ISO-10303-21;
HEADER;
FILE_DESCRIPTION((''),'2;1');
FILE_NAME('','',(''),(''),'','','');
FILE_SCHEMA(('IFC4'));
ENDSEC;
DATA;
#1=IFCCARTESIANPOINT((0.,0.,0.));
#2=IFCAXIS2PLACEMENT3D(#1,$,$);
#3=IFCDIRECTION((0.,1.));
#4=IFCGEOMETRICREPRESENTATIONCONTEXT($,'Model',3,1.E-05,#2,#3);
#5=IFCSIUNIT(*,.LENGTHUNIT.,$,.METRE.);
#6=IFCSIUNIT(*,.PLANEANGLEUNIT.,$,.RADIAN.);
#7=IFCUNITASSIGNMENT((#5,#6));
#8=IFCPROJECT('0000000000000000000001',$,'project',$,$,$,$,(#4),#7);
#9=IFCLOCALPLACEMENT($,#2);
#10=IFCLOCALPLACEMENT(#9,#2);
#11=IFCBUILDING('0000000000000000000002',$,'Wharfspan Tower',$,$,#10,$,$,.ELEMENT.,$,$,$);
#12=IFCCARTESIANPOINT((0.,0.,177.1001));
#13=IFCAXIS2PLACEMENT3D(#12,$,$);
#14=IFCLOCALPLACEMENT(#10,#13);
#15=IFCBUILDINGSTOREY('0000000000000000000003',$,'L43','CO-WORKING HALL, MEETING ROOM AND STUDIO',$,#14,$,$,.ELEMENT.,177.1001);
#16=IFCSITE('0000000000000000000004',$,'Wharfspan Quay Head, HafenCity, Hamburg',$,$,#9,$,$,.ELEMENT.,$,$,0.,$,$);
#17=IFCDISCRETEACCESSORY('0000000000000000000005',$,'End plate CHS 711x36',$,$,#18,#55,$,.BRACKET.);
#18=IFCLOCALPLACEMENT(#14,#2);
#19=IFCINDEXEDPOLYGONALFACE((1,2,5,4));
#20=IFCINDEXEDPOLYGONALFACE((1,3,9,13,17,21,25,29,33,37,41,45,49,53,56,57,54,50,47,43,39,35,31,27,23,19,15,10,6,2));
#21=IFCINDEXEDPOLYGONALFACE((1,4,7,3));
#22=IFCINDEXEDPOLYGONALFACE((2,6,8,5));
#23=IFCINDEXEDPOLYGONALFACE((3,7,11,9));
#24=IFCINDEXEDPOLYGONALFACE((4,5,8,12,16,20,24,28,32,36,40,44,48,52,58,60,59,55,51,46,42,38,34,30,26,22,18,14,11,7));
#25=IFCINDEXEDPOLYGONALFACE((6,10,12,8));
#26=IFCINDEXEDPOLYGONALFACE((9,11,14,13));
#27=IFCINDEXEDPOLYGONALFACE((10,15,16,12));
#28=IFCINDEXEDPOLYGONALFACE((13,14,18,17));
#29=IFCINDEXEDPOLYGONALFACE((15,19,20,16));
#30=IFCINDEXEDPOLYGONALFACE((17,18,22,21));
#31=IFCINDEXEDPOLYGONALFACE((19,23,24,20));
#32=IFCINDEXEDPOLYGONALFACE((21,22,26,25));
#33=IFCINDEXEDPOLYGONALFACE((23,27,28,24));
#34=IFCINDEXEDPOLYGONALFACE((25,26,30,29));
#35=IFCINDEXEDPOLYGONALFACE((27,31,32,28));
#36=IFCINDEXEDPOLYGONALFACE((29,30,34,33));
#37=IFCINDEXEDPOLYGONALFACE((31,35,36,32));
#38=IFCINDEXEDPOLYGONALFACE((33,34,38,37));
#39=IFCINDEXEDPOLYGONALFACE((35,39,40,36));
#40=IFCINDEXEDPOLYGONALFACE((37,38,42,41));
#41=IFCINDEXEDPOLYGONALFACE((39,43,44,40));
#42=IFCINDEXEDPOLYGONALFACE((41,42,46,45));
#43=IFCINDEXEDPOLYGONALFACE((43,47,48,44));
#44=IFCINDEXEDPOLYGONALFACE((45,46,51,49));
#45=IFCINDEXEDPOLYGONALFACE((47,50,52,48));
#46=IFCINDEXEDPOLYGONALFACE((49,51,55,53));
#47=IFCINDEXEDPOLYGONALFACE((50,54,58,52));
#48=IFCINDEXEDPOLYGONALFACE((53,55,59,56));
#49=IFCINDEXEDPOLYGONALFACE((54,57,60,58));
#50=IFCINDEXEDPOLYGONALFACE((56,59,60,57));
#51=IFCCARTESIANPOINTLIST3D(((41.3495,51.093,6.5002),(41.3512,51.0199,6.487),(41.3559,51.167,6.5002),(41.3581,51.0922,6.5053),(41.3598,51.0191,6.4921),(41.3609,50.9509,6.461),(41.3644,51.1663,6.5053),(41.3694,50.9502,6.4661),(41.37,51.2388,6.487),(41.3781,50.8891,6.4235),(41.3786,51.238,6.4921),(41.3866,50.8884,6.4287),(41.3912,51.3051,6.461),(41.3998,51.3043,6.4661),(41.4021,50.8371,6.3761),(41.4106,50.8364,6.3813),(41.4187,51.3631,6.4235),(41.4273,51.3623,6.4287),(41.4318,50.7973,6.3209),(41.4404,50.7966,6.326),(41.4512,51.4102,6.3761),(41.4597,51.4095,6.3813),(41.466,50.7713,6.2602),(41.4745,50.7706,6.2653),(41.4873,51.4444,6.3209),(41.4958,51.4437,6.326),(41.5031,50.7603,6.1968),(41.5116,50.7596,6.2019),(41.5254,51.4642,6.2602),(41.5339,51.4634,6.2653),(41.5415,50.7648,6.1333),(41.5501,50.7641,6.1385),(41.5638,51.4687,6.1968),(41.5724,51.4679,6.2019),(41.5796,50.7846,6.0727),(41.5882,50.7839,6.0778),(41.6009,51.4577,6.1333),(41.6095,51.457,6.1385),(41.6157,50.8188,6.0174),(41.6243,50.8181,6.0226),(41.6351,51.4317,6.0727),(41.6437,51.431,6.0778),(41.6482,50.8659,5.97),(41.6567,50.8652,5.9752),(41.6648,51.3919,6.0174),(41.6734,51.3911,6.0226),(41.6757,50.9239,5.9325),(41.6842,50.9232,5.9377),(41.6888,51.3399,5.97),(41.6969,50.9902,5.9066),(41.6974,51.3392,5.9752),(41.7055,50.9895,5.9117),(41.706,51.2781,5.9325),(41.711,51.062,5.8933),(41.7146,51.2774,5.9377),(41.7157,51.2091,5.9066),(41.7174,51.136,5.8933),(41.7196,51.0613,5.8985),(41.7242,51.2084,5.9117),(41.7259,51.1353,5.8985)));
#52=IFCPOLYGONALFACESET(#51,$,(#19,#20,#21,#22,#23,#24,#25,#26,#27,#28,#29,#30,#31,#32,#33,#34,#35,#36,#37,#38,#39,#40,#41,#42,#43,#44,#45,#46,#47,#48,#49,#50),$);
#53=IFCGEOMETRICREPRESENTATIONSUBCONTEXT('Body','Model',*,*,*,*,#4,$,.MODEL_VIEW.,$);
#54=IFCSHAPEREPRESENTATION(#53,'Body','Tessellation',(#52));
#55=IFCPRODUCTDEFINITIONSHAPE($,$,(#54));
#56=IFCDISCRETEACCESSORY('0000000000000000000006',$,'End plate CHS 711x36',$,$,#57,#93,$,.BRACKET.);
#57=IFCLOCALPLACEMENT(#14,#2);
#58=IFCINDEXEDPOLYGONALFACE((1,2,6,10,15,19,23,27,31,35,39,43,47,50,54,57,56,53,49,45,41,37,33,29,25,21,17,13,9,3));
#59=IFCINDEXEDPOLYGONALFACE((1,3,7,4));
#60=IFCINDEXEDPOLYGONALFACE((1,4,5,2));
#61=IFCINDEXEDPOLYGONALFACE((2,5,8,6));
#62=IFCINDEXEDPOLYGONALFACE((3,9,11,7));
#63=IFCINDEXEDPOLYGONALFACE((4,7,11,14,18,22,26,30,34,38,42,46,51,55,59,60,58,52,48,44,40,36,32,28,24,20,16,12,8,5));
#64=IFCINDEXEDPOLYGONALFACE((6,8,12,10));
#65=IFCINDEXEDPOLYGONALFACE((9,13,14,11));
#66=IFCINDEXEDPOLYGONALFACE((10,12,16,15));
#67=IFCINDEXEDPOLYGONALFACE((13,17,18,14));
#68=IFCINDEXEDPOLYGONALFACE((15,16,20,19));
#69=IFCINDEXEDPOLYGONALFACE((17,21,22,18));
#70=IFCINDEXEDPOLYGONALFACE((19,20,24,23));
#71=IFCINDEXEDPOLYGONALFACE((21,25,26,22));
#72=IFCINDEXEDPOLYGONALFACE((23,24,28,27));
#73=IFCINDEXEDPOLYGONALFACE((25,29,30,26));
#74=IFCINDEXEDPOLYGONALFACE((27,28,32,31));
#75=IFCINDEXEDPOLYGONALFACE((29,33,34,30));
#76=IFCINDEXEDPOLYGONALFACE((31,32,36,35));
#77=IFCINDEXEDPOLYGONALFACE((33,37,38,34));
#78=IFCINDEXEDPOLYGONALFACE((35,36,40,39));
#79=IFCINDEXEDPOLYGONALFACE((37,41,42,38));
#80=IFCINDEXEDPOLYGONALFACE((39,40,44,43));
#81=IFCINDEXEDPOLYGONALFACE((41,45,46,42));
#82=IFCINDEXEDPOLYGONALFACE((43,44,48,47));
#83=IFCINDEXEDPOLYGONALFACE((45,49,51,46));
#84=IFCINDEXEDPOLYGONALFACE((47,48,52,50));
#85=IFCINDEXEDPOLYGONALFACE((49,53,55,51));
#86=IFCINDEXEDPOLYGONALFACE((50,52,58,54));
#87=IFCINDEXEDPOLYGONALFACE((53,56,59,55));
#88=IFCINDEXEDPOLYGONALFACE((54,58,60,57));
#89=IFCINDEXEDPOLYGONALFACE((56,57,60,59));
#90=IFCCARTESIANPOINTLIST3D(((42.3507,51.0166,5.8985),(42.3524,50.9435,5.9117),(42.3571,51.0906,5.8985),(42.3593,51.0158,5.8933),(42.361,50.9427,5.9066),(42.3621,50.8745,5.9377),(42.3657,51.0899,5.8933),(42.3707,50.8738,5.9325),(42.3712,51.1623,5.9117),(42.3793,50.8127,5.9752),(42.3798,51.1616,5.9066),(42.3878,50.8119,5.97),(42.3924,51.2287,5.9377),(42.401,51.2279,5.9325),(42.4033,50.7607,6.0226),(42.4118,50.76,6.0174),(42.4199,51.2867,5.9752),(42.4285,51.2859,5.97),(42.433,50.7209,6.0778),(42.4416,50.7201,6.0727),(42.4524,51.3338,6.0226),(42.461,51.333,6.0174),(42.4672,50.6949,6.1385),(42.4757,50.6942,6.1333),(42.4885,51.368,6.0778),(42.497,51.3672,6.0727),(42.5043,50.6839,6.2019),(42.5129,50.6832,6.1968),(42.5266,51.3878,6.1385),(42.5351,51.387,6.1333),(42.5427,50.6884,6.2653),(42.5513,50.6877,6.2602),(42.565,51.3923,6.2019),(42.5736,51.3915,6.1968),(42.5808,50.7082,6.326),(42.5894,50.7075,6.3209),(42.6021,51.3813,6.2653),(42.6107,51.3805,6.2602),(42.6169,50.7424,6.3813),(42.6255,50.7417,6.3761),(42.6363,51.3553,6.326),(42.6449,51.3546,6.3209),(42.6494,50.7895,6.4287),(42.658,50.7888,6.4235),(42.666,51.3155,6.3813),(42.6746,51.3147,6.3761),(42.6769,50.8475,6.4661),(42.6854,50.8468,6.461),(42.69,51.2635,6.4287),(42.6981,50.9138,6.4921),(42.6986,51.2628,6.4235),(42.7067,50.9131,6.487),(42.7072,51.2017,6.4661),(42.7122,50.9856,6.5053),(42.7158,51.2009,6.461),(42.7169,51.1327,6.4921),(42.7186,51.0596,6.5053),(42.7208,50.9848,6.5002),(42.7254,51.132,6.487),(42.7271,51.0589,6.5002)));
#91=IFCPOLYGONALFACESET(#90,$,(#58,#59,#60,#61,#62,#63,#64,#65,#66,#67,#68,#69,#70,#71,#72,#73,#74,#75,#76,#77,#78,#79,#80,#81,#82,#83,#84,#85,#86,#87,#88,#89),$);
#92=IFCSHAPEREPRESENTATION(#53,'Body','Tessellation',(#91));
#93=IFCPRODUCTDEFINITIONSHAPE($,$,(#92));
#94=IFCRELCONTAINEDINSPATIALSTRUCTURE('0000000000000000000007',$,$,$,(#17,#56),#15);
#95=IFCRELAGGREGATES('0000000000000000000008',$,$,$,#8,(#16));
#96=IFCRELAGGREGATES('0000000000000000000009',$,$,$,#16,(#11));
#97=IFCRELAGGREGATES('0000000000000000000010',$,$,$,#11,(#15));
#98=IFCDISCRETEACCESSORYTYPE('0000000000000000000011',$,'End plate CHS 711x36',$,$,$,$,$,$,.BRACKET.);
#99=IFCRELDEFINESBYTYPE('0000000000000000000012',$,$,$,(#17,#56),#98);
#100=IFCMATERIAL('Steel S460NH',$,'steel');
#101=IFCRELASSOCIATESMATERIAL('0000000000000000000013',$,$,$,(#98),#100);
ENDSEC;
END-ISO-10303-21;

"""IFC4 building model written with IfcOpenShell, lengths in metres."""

from ifc_helpers import new_model, si_unit, direction, frame, origin, origin_2d, place, context, subcontext, project, spatial, circle, extrude, material, material_profile, profile_set, type_object, element, save


model = new_model("IFC4")

# Units and contexts
model_context = context("Model", 3, precision=1e-05, world=origin(), true_north=direction((0.0, 1.0)))
body_context = subcontext(model_context, "Body", "Model", "MODEL_VIEW")
ifc_project = project(units=[si_unit("LENGTHUNIT", "METRE"), si_unit("PLANEANGLEUNIT", "RADIAN")], contexts=[model_context])

# Site, building, storey
site_placement = place(None, origin())
site = spatial("IfcSite", under=ifc_project, at=site_placement, Name="Wharfspan Quay Head, HafenCity, Hamburg", CompositionType="ELEMENT", RefElevation=0.0)
building_placement = place(site_placement, origin())
building = spatial("IfcBuilding", under=site, at=building_placement, Name="Wharfspan Tower", CompositionType="ELEMENT")
storey_placement = place(building_placement, frame((0.0, 0.0, 177.1001)))
storey = spatial("IfcBuildingStorey", under=building, at=storey_placement, Name="L43", Description="CO-WORKING HALL, MEETING ROOM AND STUDIO", CompositionType="ELEMENT", Elevation=177.1001)

# Shared definitions
ifc_material_1 = material(Name="Steel S460NH", Category="steel")

# Discrete accessories
ifc_material_profile_1 = material_profile(ifc_material_1, circle(Radius=0.3555, at=origin_2d()))
ifc_profile_set_1 = profile_set([ifc_material_profile_1], Name="Steel S460NH")
discrete_accessory_type = type_object("IfcDiscreteAccessoryType", Name="End plate CHS 711x36", PredefinedType="BRACKET", material=ifc_profile_set_1)
for number, where, z_axis, x_axis, name in (
    (1, (41.5334, 51.1145, 6.1968), (0.855186, -0.073302, 0.513112), (0.085402, 0.996345, -0.000001), "End plate CHS 711x36"),
    (2, (42.5432, 51.0374, 6.1968), (-0.855186, 0.073302, 0.513112), (-0.085402, -0.996345, -0.000001), "End plate CHS 711x36"),
):
    element("IfcDiscreteAccessory", number, at=place(storey_placement, frame(where, z_axis=z_axis, x_axis=x_axis)), inside=storey, type_object=discrete_accessory_type, Name=name, PredefinedType="BRACKET", context=body_context, shape_type="SweptSolid", body=[
        extrude(circle(Radius=0.3555, at=origin_2d()), origin(), (0.0, 0.0, 1.0), 0.01),
    ])

save(model, "model.ifc")
